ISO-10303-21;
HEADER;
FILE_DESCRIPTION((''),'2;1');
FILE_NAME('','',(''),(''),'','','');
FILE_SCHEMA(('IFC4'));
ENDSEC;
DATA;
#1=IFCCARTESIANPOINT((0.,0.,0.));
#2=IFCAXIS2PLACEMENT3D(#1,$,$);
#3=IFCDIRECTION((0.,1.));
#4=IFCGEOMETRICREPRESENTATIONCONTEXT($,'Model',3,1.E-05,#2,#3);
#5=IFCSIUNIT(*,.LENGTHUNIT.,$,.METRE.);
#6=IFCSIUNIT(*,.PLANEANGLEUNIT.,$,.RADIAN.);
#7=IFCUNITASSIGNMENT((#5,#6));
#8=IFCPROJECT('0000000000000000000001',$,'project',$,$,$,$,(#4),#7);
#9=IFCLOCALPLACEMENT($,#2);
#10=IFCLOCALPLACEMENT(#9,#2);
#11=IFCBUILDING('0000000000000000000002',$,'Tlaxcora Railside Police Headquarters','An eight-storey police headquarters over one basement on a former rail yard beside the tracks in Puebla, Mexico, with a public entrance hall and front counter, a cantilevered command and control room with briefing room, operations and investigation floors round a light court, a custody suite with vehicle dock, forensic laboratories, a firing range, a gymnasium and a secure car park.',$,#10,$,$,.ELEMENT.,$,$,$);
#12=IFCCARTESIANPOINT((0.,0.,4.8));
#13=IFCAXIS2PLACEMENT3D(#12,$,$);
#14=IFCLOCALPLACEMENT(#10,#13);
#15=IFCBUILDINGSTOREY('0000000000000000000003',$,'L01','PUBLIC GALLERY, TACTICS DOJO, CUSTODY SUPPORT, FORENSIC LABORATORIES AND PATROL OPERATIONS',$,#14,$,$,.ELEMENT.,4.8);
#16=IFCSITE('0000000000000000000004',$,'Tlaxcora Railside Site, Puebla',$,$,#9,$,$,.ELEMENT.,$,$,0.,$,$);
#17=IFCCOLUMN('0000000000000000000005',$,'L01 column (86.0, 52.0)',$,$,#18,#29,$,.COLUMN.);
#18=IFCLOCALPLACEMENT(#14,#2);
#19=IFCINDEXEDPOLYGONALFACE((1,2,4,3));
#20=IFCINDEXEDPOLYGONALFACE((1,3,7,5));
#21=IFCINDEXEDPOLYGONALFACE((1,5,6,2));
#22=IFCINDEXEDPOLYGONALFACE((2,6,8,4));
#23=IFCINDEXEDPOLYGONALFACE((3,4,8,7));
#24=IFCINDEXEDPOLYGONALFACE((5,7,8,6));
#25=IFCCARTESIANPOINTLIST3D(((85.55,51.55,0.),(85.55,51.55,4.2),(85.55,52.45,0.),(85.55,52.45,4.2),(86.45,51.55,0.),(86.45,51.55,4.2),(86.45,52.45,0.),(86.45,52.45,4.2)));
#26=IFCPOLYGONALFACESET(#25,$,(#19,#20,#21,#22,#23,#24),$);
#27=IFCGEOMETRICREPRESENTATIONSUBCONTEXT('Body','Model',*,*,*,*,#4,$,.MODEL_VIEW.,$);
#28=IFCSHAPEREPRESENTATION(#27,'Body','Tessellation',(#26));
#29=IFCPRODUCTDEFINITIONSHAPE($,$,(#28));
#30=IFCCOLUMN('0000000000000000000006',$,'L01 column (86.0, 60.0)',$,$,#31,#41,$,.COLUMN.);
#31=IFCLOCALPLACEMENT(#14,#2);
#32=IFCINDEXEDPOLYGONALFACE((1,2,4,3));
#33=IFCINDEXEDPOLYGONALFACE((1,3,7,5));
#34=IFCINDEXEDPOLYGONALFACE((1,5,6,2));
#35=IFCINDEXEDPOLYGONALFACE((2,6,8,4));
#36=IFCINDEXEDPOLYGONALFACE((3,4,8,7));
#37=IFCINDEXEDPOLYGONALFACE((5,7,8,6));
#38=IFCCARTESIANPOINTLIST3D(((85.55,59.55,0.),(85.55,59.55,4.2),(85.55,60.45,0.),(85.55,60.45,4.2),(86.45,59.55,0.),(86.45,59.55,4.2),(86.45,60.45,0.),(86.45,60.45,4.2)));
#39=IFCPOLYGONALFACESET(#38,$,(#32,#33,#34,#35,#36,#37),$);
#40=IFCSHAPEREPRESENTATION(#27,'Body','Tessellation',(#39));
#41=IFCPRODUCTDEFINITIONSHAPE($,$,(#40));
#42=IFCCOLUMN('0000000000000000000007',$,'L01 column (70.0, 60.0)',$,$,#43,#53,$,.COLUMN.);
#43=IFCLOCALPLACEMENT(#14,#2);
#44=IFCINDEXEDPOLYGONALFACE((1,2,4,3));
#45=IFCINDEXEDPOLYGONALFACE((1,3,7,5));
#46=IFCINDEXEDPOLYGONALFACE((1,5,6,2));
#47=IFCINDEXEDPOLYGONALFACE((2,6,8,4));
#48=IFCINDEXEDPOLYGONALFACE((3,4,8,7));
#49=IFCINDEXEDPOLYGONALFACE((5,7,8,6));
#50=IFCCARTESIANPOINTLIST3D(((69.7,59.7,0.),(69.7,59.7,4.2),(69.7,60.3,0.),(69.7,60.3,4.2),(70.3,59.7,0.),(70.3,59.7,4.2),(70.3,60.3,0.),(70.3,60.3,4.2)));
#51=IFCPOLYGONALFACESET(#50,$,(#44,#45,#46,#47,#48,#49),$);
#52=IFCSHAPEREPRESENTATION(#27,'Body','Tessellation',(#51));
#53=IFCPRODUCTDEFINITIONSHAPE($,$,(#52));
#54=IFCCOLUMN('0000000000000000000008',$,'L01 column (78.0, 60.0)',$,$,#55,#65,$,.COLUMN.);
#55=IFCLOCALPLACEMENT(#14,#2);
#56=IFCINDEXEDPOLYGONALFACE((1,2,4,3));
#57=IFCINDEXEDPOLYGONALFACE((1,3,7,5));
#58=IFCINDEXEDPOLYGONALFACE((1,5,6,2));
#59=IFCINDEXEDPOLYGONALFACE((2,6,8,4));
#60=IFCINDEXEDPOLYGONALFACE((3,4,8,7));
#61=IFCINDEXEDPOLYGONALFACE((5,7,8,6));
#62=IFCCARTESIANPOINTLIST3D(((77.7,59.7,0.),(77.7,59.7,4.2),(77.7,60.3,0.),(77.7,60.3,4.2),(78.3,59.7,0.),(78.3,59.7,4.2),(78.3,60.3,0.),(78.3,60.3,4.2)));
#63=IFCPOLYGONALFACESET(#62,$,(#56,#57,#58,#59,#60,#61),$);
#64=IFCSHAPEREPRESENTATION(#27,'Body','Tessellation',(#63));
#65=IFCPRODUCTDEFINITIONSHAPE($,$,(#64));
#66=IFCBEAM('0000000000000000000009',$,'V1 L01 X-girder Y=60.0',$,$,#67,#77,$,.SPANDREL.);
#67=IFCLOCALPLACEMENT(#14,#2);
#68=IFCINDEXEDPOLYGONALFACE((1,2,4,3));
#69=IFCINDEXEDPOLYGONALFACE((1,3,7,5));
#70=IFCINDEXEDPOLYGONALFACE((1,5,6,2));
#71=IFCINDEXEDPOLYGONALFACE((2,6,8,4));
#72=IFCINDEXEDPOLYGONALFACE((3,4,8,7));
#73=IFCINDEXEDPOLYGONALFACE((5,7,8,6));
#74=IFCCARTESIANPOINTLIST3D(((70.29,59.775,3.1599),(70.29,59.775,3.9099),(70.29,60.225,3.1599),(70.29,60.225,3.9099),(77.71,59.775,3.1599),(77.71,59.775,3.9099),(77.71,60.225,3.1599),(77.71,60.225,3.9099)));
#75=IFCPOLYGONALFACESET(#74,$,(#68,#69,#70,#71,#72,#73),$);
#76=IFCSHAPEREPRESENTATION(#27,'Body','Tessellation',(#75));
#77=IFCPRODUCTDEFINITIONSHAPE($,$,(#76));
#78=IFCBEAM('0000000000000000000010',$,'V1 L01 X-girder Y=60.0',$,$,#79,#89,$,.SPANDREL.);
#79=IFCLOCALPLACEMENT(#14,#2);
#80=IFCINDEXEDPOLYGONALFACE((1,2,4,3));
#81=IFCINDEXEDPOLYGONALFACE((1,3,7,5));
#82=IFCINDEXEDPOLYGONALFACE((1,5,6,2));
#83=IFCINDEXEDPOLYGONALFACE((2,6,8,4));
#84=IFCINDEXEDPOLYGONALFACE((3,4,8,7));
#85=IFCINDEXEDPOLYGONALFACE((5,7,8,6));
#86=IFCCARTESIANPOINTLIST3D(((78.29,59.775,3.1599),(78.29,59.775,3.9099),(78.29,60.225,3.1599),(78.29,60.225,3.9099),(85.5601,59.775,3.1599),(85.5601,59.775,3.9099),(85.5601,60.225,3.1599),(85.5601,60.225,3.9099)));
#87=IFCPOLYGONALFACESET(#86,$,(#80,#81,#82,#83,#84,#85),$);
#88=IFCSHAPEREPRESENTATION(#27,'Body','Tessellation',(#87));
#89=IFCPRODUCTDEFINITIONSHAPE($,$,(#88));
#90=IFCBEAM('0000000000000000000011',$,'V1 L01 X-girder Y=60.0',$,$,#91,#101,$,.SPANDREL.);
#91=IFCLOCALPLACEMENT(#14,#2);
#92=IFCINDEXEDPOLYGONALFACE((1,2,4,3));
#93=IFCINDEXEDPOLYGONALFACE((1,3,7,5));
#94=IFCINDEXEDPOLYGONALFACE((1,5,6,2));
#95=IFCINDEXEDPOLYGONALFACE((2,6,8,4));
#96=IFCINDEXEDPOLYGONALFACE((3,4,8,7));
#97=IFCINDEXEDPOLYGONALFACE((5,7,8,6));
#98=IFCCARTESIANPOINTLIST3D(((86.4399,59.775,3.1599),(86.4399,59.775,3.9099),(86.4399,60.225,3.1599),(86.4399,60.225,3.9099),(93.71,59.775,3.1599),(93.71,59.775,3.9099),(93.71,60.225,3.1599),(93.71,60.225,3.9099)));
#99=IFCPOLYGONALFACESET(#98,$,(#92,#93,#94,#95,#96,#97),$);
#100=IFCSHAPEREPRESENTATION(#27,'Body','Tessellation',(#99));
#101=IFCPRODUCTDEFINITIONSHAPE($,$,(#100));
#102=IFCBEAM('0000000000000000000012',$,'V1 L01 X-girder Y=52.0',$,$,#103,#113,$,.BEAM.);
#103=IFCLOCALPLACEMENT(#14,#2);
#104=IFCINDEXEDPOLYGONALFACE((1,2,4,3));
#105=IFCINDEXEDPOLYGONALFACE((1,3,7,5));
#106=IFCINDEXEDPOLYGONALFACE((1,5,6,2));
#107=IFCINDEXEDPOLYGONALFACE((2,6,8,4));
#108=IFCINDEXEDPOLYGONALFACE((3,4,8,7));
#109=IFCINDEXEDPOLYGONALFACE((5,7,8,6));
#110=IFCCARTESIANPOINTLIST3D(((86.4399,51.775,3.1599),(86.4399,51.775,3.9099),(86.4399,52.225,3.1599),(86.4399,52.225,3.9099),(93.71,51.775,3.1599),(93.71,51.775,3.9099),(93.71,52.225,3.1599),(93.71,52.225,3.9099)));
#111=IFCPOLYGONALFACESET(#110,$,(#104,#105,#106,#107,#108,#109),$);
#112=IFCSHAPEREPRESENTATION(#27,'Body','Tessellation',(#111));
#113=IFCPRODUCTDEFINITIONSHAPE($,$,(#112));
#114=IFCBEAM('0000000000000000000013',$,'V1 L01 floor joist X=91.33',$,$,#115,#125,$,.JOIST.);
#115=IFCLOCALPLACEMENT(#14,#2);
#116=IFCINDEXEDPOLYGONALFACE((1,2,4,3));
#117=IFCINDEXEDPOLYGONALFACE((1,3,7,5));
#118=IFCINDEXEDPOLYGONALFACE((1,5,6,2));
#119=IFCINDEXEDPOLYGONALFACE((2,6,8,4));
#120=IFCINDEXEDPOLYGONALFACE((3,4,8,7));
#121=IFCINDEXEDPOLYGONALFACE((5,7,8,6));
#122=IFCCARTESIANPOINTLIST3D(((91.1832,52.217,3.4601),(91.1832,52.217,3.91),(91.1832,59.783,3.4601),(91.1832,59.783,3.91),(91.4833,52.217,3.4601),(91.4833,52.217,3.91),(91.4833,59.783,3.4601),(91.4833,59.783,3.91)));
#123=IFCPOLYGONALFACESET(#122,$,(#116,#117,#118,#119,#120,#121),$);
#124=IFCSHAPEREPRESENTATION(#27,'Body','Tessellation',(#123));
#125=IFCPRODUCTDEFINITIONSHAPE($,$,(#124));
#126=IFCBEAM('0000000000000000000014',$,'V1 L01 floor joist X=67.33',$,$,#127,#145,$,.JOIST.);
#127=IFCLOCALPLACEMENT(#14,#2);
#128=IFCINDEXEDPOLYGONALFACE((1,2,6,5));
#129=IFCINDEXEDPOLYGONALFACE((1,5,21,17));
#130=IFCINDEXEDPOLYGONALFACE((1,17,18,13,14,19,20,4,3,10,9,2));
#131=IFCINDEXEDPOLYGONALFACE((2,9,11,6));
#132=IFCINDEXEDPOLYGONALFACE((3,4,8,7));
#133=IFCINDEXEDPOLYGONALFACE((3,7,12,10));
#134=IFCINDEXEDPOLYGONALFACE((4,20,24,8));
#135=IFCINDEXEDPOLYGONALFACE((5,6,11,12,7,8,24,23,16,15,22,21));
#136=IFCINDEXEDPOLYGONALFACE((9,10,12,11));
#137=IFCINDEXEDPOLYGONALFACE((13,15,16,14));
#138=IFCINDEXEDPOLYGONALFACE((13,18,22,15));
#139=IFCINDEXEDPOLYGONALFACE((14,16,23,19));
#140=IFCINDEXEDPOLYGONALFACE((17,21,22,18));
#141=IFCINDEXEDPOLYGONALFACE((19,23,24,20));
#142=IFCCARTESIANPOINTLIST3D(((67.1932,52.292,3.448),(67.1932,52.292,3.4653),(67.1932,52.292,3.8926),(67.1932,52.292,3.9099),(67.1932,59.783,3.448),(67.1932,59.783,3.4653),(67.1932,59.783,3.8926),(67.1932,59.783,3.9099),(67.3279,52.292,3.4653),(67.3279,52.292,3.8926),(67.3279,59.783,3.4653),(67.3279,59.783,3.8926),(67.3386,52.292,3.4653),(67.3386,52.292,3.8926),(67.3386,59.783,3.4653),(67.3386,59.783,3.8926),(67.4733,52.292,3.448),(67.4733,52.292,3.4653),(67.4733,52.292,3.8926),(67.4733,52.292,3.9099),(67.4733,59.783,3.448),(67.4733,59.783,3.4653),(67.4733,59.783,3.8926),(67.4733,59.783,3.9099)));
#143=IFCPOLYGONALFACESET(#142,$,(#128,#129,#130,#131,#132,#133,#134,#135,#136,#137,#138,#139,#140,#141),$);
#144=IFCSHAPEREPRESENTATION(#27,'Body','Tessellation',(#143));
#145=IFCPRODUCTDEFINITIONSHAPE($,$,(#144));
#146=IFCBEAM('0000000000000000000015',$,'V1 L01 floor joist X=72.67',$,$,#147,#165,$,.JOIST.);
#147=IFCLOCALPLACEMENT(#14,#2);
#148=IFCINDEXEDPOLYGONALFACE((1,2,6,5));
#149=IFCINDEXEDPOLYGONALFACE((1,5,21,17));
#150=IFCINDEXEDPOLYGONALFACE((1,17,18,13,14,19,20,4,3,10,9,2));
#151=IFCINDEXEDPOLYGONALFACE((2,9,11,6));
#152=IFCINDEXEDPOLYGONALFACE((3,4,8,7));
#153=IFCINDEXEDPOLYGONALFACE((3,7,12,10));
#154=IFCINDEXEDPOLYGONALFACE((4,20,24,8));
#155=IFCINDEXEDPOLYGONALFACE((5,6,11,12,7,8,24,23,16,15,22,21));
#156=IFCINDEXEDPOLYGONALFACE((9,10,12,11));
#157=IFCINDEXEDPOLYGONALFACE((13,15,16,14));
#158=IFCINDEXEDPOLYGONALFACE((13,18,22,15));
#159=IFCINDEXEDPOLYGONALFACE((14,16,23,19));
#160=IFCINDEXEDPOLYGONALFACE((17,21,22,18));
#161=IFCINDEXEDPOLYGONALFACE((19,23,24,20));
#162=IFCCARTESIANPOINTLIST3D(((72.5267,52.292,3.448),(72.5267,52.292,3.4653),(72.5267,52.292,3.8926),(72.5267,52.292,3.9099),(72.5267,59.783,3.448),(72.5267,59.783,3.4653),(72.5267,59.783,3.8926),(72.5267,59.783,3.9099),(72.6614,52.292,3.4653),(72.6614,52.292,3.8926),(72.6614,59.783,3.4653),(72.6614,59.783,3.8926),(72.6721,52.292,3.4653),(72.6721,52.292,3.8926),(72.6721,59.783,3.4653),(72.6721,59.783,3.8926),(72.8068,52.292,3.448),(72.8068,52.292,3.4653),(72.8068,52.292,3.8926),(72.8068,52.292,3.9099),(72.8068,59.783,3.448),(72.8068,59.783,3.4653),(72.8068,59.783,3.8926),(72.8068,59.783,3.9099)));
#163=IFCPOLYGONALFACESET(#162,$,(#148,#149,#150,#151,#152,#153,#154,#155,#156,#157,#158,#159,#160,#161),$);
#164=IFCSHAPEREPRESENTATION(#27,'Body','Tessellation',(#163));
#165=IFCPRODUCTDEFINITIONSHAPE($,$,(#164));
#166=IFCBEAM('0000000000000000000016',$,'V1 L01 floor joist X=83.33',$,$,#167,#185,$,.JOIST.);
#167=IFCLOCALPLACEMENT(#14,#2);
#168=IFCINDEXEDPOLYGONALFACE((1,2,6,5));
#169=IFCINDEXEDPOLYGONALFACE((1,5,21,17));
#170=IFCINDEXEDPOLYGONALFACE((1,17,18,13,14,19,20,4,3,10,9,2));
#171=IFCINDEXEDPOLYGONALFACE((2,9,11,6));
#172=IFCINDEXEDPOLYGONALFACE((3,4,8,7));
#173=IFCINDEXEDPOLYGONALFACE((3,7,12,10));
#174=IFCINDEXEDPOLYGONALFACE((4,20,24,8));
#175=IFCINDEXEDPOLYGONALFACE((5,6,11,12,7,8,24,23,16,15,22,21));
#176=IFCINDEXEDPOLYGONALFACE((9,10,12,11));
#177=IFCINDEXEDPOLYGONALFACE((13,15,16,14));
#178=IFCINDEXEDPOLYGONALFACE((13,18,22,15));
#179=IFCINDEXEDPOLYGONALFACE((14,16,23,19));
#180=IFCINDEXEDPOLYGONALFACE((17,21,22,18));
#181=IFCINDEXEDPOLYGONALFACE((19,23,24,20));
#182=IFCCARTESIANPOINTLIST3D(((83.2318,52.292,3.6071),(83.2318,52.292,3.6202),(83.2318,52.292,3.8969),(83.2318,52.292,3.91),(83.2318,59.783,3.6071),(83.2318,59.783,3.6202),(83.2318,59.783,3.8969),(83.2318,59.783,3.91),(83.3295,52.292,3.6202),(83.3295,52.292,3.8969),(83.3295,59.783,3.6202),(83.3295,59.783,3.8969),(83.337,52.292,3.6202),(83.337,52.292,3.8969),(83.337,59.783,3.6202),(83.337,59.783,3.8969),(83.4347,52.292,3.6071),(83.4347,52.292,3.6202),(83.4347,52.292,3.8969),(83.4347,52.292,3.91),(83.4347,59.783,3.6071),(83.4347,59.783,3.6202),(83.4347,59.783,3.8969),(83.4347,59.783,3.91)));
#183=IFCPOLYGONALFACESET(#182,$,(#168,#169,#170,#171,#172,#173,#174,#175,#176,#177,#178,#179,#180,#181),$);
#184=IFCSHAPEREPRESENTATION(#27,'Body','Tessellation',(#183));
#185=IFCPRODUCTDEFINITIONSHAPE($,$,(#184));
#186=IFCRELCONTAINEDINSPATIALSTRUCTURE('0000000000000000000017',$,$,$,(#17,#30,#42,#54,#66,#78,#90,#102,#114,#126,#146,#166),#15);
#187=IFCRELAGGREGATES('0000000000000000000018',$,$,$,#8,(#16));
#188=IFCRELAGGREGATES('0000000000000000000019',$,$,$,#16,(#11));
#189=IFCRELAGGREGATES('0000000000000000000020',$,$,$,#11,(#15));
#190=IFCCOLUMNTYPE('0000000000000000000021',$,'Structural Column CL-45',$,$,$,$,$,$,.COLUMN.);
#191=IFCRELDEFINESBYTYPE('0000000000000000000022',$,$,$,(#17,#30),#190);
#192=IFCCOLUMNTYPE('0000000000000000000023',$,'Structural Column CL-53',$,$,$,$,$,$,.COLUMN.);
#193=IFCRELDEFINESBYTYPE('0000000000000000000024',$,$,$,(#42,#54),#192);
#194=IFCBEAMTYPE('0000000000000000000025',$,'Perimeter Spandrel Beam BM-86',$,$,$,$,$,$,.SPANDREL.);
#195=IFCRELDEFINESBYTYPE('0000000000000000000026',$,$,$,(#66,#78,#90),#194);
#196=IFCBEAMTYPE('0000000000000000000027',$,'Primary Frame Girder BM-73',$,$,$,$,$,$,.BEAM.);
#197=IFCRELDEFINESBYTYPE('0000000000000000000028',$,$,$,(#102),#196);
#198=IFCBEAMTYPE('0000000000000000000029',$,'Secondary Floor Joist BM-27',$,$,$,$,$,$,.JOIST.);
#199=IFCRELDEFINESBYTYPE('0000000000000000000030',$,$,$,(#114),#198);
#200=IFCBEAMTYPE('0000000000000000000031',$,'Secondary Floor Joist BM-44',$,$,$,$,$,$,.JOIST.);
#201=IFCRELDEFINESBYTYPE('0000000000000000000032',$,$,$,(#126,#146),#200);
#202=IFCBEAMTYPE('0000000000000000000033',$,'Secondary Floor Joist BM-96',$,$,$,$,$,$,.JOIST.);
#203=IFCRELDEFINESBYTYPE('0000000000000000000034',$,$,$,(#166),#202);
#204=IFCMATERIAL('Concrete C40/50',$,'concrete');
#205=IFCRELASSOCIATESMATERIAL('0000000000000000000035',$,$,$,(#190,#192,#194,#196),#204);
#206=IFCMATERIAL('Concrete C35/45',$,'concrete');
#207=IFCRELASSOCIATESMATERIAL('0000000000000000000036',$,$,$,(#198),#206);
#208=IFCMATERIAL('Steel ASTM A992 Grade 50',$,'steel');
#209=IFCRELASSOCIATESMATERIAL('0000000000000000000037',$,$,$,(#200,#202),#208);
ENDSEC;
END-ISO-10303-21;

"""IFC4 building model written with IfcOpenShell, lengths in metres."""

from ifc_helpers import new_model, si_unit, direction, frame, origin, origin_2d, place, context, subcontext, project, spatial, rectangle, i_section, extrude, material, material_profile, profile_set, type_object, element, save


model = new_model("IFC4")

# Units and contexts
model_context = context("Model", 3, precision=1e-05, world=origin(), true_north=direction((0.0, 1.0)))
body_context = subcontext(model_context, "Body", "Model", "MODEL_VIEW")
ifc_project = project(units=[si_unit("LENGTHUNIT", "METRE"), si_unit("PLANEANGLEUNIT", "RADIAN")], contexts=[model_context])

# Site, building, storey
site_placement = place(None, origin())
site = spatial("IfcSite", under=ifc_project, at=site_placement, Name="Tlaxcora Railside Site, Puebla", CompositionType="ELEMENT", RefElevation=0.0)
building_placement = place(site_placement, origin())
building = spatial("IfcBuilding", under=site, at=building_placement, Name="Tlaxcora Railside Police Headquarters", Description="An eight-storey police headquarters over one basement on a former rail yard beside the tracks in Puebla, Mexico, with a public entrance hall and front counter, a cantilevered command and control room with briefing room, operations and investigation floors round a light court, a custody suite with vehicle dock, forensic laboratories, a firing range, a gymnasium and a secure car park.", CompositionType="ELEMENT")
storey_placement = place(building_placement, frame((0.0, 0.0, 4.8)))
storey = spatial("IfcBuildingStorey", under=building, at=storey_placement, Name="L01", Description="PUBLIC GALLERY, TACTICS DOJO, CUSTODY SUPPORT, FORENSIC LABORATORIES AND PATROL OPERATIONS", CompositionType="ELEMENT", Elevation=4.8)

# Columns
ifc_material_1 = material(Name="Concrete C40/50", Category="concrete")
ifc_material_profile_1 = material_profile(ifc_material_1, rectangle(XDim=0.8999, YDim=0.8999, at=origin_2d()), Name="RC900X900")
ifc_profile_set_1 = profile_set([ifc_material_profile_1], Name="Concrete C40/50")
column_type_1 = type_object("IfcColumnType", Name="Structural Column CL-45", PredefinedType="COLUMN", material=ifc_profile_set_1)
for number, where, z_axis, x_axis, name in (
    (1, (86.0, 52.0, 0.0), (0.0, 0.0, 1.0), (1.0, 0.0, 0.0), "L01 column (86.0, 52.0)"),
    (2, (86.0, 60.0, 0.0), (0.0, 0.0, 1.0), (1.0, 0.0, 0.0), "L01 column (86.0, 60.0)"),
):
    element("IfcColumn", number, at=place(storey_placement, frame(where, z_axis=z_axis, x_axis=x_axis)), inside=storey, type_object=column_type_1, Name=name, PredefinedType="COLUMN", context=body_context, shape_type="SweptSolid", body=[
        extrude(rectangle(XDim=0.8999, YDim=0.8999, at=origin_2d()), origin(), (0.0, 0.0, 1.0), 4.2),
    ])
ifc_material_profile_2 = material_profile(ifc_material_1, rectangle(XDim=0.6001, YDim=0.6001, at=origin_2d()), Name="RC600X600")
ifc_profile_set_2 = profile_set([ifc_material_profile_2], Name="Concrete C40/50")
column_type_2 = type_object("IfcColumnType", Name="Structural Column CL-53", PredefinedType="COLUMN", material=ifc_profile_set_2)
for number, where, z_axis, x_axis, name in (
    (3, (70.0, 60.0, 0.0), (0.0, 0.0, 1.0), (1.0, 0.0, 0.0), "L01 column (70.0, 60.0)"),
    (4, (78.0, 60.0, 0.0), (0.0, 0.0, 1.0), (1.0, 0.0, 0.0), "L01 column (78.0, 60.0)"),
):
    element("IfcColumn", number, at=place(storey_placement, frame(where, z_axis=z_axis, x_axis=x_axis)), inside=storey, type_object=column_type_2, Name=name, PredefinedType="COLUMN", context=body_context, shape_type="SweptSolid", body=[
        extrude(rectangle(XDim=0.6001, YDim=0.6001, at=origin_2d()), origin(), (0.0, 0.0, 1.0), 4.2),
    ])

# Beams
ifc_material_profile_3 = material_profile(ifc_material_1, rectangle(XDim=0.45, YDim=0.75, at=origin_2d()), Name="RC450X750")
ifc_profile_set_3 = profile_set([ifc_material_profile_3], Name="Concrete C40/50")
beam_type_1 = type_object("IfcBeamType", Name="Perimeter Spandrel Beam BM-86", PredefinedType="SPANDREL", material=ifc_profile_set_3)
beam_1_placement = place(storey_placement, frame((70.29, 60.0, 3.5349), z_axis=(1.0, 0.0, 0.0), x_axis=(0.0, 1.0, 0.0)))
element("IfcBeam", 5, at=beam_1_placement, inside=storey, type_object=beam_type_1, Name="V1 L01 X-girder Y=60.0", PredefinedType="SPANDREL", context=body_context, shape_type="SweptSolid", body=[
    extrude(rectangle(XDim=0.45, YDim=0.75, at=origin_2d()), origin(), (0.0, 0.0, 1.0), 7.4199),
])
for number, where, z_axis, x_axis, name in (
    (6, (78.29, 60.0, 3.5349), (1.0, 0.0, 0.0), (0.0, 1.0, 0.0), "V1 L01 X-girder Y=60.0"),
    (7, (86.4399, 60.0, 3.5349), (1.0, 0.0, 0.0), (0.0, 1.0, 0.0), "V1 L01 X-girder Y=60.0"),
):
    element("IfcBeam", number, at=place(storey_placement, frame(where, z_axis=z_axis, x_axis=x_axis)), inside=storey, type_object=beam_type_1, Name=name, PredefinedType="SPANDREL", context=body_context, shape_type="SweptSolid", body=[
        extrude(rectangle(XDim=0.45, YDim=0.75, at=origin_2d()), origin(), (0.0, 0.0, 1.0), 7.27),
    ])
ifc_material_profile_4 = material_profile(ifc_material_1, rectangle(XDim=0.45, YDim=0.75, at=origin_2d()), Name="RC450X750")
ifc_profile_set_4 = profile_set([ifc_material_profile_4], Name="Concrete C40/50")
beam_type_2 = type_object("IfcBeamType", Name="Primary Frame Girder BM-73", PredefinedType="BEAM", material=ifc_profile_set_4)
beam_2_placement = place(storey_placement, frame((86.4399, 52.0, 3.5349), z_axis=(1.0, 0.0, 0.0), x_axis=(0.0, 1.0, 0.0)))
element("IfcBeam", 8, at=beam_2_placement, inside=storey, type_object=beam_type_2, Name="V1 L01 X-girder Y=52.0", PredefinedType="BEAM", context=body_context, shape_type="SweptSolid", body=[
    extrude(rectangle(XDim=0.45, YDim=0.75, at=origin_2d()), origin(), (0.0, 0.0, 1.0), 7.27),
])
ifc_material_2 = material(Name="Concrete C35/45", Category="concrete")
ifc_material_profile_5 = material_profile(ifc_material_2, rectangle(XDim=0.3, YDim=0.45, at=origin_2d()), Name="RC300X450")
ifc_profile_set_5 = profile_set([ifc_material_profile_5], Name="Concrete C35/45")
beam_type_3 = type_object("IfcBeamType", Name="Secondary Floor Joist BM-27", PredefinedType="JOIST", material=ifc_profile_set_5)
beam_3_placement = place(storey_placement, frame((91.3333, 52.217, 3.6851), z_axis=(0.0, 1.0, 0.0), x_axis=(-1.0, 0.0, 0.0)))
element("IfcBeam", 9, at=beam_3_placement, inside=storey, type_object=beam_type_3, Name="V1 L01 floor joist X=91.33", PredefinedType="JOIST", context=body_context, shape_type="SweptSolid", body=[
    extrude(rectangle(XDim=0.3, YDim=0.45, at=origin_2d()), origin(), (0.0, 0.0, 1.0), 7.5659),
])
ifc_material_3 = material(Name="Steel ASTM A992 Grade 50", Category="steel")
ifc_material_profile_6 = material_profile(ifc_material_3, i_section(OverallWidth=0.28, OverallDepth=0.4619, WebThickness=0.0107, FlangeThickness=0.0173, at=origin_2d()), Name="W18X76")
ifc_profile_set_6 = profile_set([ifc_material_profile_6], Name="Steel ASTM A992 Grade 50")
beam_type_4 = type_object("IfcBeamType", Name="Secondary Floor Joist BM-44", PredefinedType="JOIST", material=ifc_profile_set_6)
for number, where, z_axis, x_axis, name in (
    (10, (67.3333, 52.292, 3.679), (0.0, 1.0, 0.0), (-1.0, 0.0, 0.0), "V1 L01 floor joist X=67.33"),
    (11, (72.6667, 52.292, 3.679), (0.0, 1.0, 0.0), (-1.0, 0.0, 0.0), "V1 L01 floor joist X=72.67"),
):
    element("IfcBeam", number, at=place(storey_placement, frame(where, z_axis=z_axis, x_axis=x_axis)), inside=storey, type_object=beam_type_4, Name=name, PredefinedType="JOIST", context=body_context, shape_type="SweptSolid", body=[
        extrude(i_section(OverallWidth=0.28, OverallDepth=0.4619, WebThickness=0.0107, FlangeThickness=0.0173, at=origin_2d()), origin(), (0.0, 0.0, 1.0), 7.491),
    ])
ifc_material_profile_7 = material_profile(ifc_material_3, i_section(OverallWidth=0.2029, OverallDepth=0.303, WebThickness=0.0076, FlangeThickness=0.0132, at=origin_2d()), Name="W12X40")
ifc_profile_set_7 = profile_set([ifc_material_profile_7], Name="Steel ASTM A992 Grade 50")
beam_type_5 = type_object("IfcBeamType", Name="Secondary Floor Joist BM-96", PredefinedType="JOIST", material=ifc_profile_set_7)
beam_4_placement = place(storey_placement, frame((83.3333, 52.292, 3.7585), z_axis=(0.0, 1.0, 0.0), x_axis=(-1.0, 0.0, 0.0)))
element("IfcBeam", 12, at=beam_4_placement, inside=storey, type_object=beam_type_5, Name="V1 L01 floor joist X=83.33", PredefinedType="JOIST", context=body_context, shape_type="SweptSolid", body=[
    extrude(i_section(OverallWidth=0.2029, OverallDepth=0.303, WebThickness=0.0076, FlangeThickness=0.0132, at=origin_2d()), origin(), (0.0, 0.0, 1.0), 7.491),
])

save(model, "model.ifc")
